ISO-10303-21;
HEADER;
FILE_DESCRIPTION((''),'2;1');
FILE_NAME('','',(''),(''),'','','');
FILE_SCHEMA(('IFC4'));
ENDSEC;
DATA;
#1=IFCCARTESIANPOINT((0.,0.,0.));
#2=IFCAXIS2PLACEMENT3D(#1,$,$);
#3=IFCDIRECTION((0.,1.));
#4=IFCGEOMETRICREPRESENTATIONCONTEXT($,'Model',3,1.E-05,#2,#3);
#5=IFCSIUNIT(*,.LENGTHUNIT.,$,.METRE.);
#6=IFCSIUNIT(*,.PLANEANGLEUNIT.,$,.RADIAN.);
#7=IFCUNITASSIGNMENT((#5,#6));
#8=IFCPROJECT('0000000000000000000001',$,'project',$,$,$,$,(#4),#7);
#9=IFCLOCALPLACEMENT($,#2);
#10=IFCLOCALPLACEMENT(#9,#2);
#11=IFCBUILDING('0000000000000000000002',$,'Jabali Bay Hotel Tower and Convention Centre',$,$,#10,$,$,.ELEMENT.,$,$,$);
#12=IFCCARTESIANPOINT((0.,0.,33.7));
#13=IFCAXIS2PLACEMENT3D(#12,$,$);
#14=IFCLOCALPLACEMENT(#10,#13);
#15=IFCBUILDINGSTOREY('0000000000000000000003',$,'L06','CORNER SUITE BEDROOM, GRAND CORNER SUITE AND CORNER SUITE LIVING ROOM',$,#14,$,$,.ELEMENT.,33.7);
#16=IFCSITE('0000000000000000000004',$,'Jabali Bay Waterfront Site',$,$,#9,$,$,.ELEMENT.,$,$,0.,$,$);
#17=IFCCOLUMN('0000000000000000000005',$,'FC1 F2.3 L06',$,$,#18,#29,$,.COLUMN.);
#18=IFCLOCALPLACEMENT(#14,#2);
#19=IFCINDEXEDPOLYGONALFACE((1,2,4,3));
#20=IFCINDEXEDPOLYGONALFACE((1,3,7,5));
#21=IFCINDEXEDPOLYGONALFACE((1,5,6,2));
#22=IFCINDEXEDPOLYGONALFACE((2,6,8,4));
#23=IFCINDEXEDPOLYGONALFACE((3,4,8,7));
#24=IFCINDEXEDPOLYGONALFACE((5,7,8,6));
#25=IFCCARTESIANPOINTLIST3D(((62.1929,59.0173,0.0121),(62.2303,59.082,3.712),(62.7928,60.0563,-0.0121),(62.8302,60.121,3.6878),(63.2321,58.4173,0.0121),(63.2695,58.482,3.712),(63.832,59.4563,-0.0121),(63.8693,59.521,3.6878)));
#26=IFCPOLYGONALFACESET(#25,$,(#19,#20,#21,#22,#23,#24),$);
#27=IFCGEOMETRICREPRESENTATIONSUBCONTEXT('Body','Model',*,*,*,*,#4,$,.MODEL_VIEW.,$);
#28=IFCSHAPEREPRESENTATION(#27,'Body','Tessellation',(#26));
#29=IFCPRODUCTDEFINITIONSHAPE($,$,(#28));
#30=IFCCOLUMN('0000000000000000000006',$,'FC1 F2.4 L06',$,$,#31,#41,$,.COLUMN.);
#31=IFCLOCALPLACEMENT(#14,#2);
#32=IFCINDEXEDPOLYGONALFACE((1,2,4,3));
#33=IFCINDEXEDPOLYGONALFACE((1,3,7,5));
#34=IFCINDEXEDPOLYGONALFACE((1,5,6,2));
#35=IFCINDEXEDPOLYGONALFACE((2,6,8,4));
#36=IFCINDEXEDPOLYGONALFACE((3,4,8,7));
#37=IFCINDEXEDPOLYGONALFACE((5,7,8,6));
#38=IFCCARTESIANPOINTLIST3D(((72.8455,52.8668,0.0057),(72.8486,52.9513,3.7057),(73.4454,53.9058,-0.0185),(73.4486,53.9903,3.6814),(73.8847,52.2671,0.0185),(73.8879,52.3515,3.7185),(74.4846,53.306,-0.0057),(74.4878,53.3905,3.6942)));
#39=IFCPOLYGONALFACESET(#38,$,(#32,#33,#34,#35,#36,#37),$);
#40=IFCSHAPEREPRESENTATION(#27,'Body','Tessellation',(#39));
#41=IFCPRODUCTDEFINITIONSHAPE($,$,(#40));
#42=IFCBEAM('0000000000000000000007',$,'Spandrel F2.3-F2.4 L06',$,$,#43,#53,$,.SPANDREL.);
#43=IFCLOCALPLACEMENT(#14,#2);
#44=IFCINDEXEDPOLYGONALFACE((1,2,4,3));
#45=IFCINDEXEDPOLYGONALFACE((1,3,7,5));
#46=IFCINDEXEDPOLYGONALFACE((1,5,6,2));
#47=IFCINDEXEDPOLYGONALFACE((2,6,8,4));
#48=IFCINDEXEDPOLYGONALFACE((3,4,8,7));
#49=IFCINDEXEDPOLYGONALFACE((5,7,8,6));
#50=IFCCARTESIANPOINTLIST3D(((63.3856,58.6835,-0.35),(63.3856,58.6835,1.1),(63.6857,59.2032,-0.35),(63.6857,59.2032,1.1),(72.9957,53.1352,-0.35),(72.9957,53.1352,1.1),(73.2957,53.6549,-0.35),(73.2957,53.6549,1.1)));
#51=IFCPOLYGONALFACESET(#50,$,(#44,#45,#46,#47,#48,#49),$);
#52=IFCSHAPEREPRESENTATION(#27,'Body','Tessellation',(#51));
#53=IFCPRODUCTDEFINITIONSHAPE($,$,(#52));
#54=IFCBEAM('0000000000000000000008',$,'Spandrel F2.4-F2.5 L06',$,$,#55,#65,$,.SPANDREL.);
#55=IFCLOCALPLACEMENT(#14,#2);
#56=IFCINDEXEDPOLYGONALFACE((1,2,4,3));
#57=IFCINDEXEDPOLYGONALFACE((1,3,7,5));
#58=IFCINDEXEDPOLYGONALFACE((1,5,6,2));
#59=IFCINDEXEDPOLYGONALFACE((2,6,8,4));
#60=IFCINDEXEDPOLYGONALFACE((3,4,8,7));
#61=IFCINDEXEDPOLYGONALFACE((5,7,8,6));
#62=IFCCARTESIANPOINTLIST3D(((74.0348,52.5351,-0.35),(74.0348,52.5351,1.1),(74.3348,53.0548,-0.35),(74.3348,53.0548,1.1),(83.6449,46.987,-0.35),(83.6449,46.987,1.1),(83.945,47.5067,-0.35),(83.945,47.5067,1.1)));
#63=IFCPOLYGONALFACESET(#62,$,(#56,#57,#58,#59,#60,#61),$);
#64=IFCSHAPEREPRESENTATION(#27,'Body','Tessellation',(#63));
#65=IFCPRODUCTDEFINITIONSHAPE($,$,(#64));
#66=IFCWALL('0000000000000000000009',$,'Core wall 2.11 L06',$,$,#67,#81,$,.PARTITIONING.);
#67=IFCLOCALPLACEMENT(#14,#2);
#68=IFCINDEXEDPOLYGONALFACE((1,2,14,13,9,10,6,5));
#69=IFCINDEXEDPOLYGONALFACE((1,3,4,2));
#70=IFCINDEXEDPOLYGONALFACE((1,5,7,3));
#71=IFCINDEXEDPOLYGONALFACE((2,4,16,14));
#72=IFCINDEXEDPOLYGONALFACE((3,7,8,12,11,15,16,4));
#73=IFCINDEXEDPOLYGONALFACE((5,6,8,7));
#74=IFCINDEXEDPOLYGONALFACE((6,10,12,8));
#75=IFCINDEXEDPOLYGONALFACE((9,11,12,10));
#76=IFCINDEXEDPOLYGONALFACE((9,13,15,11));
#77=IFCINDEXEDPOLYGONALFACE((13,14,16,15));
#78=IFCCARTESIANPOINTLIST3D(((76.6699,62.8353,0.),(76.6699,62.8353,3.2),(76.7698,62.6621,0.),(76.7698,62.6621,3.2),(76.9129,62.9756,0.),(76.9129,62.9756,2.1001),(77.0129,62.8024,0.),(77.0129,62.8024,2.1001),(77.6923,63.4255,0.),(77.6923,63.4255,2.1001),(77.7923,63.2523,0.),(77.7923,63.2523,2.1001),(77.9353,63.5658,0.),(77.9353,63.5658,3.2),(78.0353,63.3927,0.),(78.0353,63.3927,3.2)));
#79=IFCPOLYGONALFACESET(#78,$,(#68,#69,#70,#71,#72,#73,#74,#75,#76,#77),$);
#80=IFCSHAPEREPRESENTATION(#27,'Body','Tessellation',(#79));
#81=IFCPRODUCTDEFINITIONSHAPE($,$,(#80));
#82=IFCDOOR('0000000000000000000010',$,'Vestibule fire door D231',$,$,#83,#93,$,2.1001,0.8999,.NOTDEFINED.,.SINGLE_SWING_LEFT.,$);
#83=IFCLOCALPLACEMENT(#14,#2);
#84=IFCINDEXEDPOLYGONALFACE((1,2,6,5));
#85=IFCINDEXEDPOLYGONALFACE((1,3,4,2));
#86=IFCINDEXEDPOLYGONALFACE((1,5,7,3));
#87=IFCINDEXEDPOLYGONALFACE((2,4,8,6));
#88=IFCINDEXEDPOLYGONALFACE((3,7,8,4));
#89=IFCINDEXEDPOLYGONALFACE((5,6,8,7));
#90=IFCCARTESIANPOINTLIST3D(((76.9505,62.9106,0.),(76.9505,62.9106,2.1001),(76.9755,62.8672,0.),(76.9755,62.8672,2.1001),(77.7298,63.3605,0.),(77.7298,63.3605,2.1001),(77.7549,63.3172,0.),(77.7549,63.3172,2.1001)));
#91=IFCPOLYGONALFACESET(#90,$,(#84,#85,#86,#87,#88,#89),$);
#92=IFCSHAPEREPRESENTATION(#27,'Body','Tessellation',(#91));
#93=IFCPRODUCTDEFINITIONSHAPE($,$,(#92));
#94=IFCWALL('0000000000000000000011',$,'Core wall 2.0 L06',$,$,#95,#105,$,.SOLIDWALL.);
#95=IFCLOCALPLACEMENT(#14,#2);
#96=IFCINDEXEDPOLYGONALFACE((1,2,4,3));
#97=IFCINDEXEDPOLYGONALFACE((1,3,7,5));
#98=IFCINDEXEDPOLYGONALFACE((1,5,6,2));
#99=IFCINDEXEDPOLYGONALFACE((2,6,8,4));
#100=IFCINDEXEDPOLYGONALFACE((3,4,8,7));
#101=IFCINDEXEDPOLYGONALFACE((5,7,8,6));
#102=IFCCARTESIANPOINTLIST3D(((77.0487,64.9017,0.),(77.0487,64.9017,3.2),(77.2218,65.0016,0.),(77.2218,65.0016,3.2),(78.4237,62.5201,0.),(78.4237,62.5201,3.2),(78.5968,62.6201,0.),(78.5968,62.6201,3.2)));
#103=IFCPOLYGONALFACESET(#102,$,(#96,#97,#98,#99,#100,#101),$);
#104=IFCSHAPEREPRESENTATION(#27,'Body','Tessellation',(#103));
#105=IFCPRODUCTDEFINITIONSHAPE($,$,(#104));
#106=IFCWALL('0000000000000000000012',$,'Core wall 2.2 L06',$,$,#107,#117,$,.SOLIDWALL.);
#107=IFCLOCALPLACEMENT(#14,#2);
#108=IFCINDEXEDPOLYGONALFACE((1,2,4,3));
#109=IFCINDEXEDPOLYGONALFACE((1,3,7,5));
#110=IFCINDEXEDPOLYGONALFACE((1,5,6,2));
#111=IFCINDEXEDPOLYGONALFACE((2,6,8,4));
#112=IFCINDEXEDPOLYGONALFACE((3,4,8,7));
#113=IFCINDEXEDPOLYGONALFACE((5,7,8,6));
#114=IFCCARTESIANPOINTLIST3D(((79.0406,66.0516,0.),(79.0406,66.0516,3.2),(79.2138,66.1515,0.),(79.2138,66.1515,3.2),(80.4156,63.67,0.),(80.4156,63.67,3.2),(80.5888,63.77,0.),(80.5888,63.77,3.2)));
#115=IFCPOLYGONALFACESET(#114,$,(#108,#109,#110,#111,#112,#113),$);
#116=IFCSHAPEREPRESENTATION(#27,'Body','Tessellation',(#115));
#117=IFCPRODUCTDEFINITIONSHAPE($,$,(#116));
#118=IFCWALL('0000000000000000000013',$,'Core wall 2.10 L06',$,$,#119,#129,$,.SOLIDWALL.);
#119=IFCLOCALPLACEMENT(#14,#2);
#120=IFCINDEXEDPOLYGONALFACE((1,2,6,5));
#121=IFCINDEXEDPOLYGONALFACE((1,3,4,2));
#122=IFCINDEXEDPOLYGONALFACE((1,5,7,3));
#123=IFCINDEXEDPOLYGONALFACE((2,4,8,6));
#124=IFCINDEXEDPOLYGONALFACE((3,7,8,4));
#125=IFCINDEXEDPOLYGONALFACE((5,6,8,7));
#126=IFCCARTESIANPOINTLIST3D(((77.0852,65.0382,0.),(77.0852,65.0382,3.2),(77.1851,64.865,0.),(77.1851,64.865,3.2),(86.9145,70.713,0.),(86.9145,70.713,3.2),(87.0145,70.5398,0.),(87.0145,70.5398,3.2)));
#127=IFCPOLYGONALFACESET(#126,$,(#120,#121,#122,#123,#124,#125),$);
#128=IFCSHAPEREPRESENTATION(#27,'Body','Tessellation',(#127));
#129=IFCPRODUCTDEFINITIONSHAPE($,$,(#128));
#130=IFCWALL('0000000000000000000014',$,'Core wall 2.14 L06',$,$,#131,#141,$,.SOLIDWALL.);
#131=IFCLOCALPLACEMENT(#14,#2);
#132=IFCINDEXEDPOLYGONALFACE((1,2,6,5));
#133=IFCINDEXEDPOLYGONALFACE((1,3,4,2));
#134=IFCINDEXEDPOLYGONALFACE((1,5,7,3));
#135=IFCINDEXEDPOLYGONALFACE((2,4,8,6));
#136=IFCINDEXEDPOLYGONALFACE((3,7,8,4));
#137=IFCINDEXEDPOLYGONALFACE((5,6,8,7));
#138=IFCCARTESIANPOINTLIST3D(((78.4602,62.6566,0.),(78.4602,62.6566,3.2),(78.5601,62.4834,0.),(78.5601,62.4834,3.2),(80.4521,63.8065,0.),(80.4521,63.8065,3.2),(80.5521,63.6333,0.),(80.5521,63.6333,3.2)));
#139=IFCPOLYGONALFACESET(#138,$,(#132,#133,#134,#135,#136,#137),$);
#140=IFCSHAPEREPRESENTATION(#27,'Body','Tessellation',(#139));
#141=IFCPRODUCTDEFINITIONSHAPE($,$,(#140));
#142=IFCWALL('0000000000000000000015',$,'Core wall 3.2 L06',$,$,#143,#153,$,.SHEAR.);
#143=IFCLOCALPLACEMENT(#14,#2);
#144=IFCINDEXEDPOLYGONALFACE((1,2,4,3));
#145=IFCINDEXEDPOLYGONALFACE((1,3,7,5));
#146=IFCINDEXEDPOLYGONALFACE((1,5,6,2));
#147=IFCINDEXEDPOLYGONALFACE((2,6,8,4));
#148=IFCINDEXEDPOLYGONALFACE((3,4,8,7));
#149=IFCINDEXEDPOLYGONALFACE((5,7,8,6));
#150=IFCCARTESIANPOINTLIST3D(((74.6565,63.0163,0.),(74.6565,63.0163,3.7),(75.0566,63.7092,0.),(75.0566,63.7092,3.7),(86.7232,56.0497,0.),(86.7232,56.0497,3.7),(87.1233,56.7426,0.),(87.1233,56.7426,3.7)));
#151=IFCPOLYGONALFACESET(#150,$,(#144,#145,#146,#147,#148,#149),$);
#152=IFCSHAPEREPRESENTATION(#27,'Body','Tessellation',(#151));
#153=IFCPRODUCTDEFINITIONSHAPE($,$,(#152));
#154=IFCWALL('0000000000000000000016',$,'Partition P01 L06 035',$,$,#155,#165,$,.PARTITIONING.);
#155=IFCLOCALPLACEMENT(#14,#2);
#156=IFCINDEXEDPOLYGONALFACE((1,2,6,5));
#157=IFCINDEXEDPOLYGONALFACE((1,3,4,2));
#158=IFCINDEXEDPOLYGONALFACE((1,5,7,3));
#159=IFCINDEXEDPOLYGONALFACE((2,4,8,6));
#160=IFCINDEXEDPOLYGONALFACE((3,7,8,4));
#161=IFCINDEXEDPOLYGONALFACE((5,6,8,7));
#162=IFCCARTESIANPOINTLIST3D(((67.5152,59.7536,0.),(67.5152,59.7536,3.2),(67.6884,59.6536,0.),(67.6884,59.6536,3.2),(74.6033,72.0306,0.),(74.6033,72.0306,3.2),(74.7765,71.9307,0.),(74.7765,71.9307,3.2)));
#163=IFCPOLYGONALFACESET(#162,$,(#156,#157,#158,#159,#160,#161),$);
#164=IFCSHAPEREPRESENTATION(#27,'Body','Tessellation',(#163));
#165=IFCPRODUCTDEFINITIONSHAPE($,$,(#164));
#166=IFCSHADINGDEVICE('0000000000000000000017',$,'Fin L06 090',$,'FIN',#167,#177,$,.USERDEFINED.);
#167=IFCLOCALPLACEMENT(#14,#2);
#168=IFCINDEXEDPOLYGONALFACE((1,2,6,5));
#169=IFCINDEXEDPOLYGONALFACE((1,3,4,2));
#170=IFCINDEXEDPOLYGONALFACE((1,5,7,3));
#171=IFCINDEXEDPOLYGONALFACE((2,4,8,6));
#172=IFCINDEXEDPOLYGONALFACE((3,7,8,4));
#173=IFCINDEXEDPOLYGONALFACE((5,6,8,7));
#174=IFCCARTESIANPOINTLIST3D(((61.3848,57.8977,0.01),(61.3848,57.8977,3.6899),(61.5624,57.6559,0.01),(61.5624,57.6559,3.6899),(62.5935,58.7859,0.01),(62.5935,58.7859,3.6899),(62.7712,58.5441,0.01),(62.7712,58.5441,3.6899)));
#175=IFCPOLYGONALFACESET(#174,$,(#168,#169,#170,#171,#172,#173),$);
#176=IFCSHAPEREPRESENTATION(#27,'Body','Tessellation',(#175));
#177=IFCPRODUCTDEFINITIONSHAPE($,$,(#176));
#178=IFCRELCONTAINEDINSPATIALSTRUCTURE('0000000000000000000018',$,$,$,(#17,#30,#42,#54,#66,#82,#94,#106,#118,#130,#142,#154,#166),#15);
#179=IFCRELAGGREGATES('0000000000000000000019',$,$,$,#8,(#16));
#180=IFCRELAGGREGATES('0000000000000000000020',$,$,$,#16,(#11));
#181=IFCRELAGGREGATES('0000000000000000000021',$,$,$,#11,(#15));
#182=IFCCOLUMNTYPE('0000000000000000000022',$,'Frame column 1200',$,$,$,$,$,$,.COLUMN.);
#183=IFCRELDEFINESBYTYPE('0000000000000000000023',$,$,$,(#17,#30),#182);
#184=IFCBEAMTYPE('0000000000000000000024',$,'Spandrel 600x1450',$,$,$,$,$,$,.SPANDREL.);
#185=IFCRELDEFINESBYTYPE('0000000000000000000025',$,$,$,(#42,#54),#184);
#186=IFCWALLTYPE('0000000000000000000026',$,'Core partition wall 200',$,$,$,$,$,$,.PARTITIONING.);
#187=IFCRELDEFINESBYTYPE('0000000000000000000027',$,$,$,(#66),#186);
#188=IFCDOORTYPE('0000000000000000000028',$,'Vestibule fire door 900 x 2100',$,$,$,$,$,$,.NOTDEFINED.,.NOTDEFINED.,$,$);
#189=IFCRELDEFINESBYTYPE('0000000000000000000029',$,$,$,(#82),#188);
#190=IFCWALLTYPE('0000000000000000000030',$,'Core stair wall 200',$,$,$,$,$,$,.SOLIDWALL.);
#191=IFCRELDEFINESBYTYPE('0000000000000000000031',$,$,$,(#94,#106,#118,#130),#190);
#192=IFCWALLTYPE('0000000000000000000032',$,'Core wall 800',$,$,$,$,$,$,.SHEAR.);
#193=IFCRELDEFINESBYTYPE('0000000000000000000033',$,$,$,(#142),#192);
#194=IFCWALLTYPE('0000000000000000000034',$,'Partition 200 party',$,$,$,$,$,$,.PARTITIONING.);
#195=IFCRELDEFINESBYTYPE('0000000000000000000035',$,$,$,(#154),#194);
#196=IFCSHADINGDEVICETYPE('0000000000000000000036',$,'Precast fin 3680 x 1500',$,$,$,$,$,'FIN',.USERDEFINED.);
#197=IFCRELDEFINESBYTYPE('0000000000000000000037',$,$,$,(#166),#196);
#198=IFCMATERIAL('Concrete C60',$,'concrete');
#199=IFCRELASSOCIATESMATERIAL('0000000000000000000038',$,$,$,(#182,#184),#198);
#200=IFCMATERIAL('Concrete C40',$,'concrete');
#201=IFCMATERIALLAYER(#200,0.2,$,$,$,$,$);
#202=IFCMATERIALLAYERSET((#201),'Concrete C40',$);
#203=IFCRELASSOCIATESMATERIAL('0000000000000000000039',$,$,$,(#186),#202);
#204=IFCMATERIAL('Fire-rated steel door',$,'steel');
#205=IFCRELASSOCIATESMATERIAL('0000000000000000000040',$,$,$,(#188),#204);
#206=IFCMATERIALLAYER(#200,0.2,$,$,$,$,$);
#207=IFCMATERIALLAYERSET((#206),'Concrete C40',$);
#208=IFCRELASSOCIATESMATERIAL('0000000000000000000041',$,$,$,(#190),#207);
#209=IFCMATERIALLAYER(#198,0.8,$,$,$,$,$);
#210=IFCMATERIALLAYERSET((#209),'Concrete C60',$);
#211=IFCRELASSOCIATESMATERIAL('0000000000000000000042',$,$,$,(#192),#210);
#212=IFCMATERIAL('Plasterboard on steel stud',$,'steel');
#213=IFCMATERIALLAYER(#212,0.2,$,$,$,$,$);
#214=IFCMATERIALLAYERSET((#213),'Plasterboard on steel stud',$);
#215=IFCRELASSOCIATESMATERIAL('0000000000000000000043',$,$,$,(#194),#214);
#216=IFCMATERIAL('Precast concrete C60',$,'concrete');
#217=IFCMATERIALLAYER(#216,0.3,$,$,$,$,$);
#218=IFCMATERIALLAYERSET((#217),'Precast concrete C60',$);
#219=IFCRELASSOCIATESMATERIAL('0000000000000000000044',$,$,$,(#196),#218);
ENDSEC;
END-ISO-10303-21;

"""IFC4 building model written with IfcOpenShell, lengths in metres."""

from ifc_helpers import new_model, si_unit, direction, frame, frame_2d, origin, origin_2d, place, context, subcontext, project, spatial, rectangle, extrude, material, layer, layer_set, material_profile, profile_set, type_object, element, fill, save


model = new_model("IFC4")

# Units and contexts
model_context = context("Model", 3, precision=1e-05, world=origin(), true_north=direction((0.0, 1.0)))
body_context = subcontext(model_context, "Body", "Model", "MODEL_VIEW")
ifc_project = project(units=[si_unit("LENGTHUNIT", "METRE"), si_unit("PLANEANGLEUNIT", "RADIAN")], contexts=[model_context])

# Site, building, storey
site_placement = place(None, origin())
site = spatial("IfcSite", under=ifc_project, at=site_placement, Name="Jabali Bay Waterfront Site", CompositionType="ELEMENT", RefElevation=0.0)
building_placement = place(site_placement, origin())
building = spatial("IfcBuilding", under=site, at=building_placement, Name="Jabali Bay Hotel Tower and Convention Centre", CompositionType="ELEMENT")
storey_placement = place(building_placement, frame((0.0, 0.0, 33.7)))
storey = spatial("IfcBuildingStorey", under=building, at=storey_placement, Name="L06", Description="CORNER SUITE BEDROOM, GRAND CORNER SUITE AND CORNER SUITE LIVING ROOM", CompositionType="ELEMENT", Elevation=33.7)

# Columns
ifc_material_1 = material(Name="Concrete C60", Category="concrete")
ifc_material_profile_1 = material_profile(ifc_material_1, rectangle(XDim=1.2, YDim=1.2, at=origin_2d()), Name="Frame column 1200")
ifc_profile_set_1 = profile_set([ifc_material_profile_1], Name="Concrete C60")
column_type = type_object("IfcColumnType", Name="Frame column 1200", PredefinedType="COLUMN", material=ifc_profile_set_1)
column_1_placement = place(storey_placement, frame((63.0125, 59.2368, 0.0), z_axis=(0.010094, 0.017482, 0.999796), x_axis=(-0.499913, -0.86584, 0.020187)))
element("IfcColumn", 1, at=column_1_placement, inside=storey, type_object=column_type, Name="FC1 F2.3 L06", PredefinedType="COLUMN", context=body_context, shape_type="SweptSolid", body=[
    extrude(rectangle(XDim=1.2, YDim=1.2, at=origin_2d()), origin(), (0.0, 0.0, 1.0), 3.7007),
])
column_2_placement = place(storey_placement, frame((73.665, 53.0864, 0.0), z_axis=(0.000858, 0.022825, 0.999739), x_axis=(-0.499949, -0.865819, 0.020196)))
element("IfcColumn", 2, at=column_2_placement, inside=storey, type_object=column_type, Name="FC1 F2.4 L06", PredefinedType="COLUMN", context=body_context, shape_type="SweptSolid", body=[
    extrude(rectangle(XDim=1.2, YDim=1.2, at=origin_2d()), origin(), (0.0, 0.0, 1.0), 3.7009),
])

# Beams
ifc_material_profile_2 = material_profile(ifc_material_1, rectangle(XDim=0.6001, YDim=1.45, at=origin_2d()), Name="Spandrel 600x1450")
ifc_profile_set_2 = profile_set([ifc_material_profile_2], Name="Concrete C60")
beam_type = type_object("IfcBeamType", Name="Spandrel 600x1450", PredefinedType="SPANDREL", material=ifc_profile_set_2)
for number, where, z_axis, x_axis, name in (
    (3, (63.5356, 58.9434, 0.375), (0.866028, -0.499996, 0.0), (0.499996, 0.866028, 0.0), "Spandrel F2.3-F2.4 L06"),
    (4, (74.1848, 52.7949, 0.375), (0.866037, -0.49998, 0.0), (0.49998, 0.866037, 0.0), "Spandrel F2.4-F2.5 L06"),
):
    element("IfcBeam", number, at=place(storey_placement, frame(where, z_axis=z_axis, x_axis=x_axis)), inside=storey, type_object=beam_type, Name=name, PredefinedType="SPANDREL", context=body_context, shape_type="SweptSolid", body=[
        extrude(rectangle(XDim=0.6001, YDim=1.45, at=origin_2d()), origin(), (0.0, 0.0, 1.0), 11.0967),
    ])

# Wall, opening, door
ifc_material_2 = material(Name="Concrete C40", Category="concrete")
ifc_layer_1 = layer(ifc_material_2, 0.2)
ifc_layer_set_1 = layer_set([ifc_layer_1], Name="Concrete C40")
wall_type_1 = type_object("IfcWallType", Name="Core partition wall 200", PredefinedType="PARTITIONING", material=ifc_layer_set_1)
wall_1_placement = place(storey_placement, frame((76.72, 62.7488, 0.0), z_axis=(0.0, 0.0, 1.0), x_axis=(0.866055, 0.499949, 0.0)))
wall_1 = element("IfcWall", 5, at=wall_1_placement, inside=storey, type_object=wall_type_1, Name="Core wall 2.11 L06", PredefinedType="PARTITIONING", context=body_context, shape_type="SweptSolid", body=[
    extrude(rectangle(XDim=1.4612, YDim=0.2, at=frame_2d((0.7305, 0.0))), origin(), (0.0, 0.0, 1.0), 3.2),
])
opening_placement = place(wall_1_placement, frame((0.2805, 0.0, 0.0)))
opening = element("IfcOpeningElement", 6, at=opening_placement, cuts=wall_1, PredefinedType="OPENING", context=body_context, shape_type="SweptSolid", body=[
    extrude(rectangle(XDim=0.8999, YDim=2.1001, at=frame_2d((0.45, 1.05))), frame((0.0, 0.1104, 0.0), z_axis=(0.0, -1.0, 0.0), x_axis=(1.0, 0.0, 0.0)), (0.0, 0.0, 1.0), 0.2209),
])
ifc_material_3 = material(Name="Fire-rated steel door", Category="steel")
door_type = type_object("IfcDoorType", Name="Vestibule fire door 900 x 2100", OperationType="NOTDEFINED", PredefinedType="NOTDEFINED", material=ifc_material_3)
door_placement = place(opening_placement, origin())
door = element("IfcDoor", 7, at=door_placement, inside=storey, type_object=door_type, Name="Vestibule fire door D231", OperationType="SINGLE_SWING_LEFT", OverallHeight=2.1001, OverallWidth=0.8999, PredefinedType="NOTDEFINED", context=body_context, shape_type="SweptSolid", body=[
    extrude(rectangle(XDim=0.8999, YDim=2.1001, at=frame_2d((0.45, 1.05))), frame((0.0, 0.0249, 0.0), z_axis=(0.0, -1.0, 0.0), x_axis=(1.0, 0.0, 0.0)), (0.0, 0.0, 1.0), 0.05),
])
fill(opening, door)

# Walls
ifc_layer_2 = layer(ifc_material_2, 0.2)
ifc_layer_set_2 = layer_set([ifc_layer_2], Name="Concrete C40")
wall_type_2 = type_object("IfcWallType", Name="Core stair wall 200", PredefinedType="SOLIDWALL", material=ifc_layer_set_2)
for number, where, z_axis, x_axis, name in (
    (8, (77.1353, 64.9517, 0.0), (0.0, 0.0, 1.0), (0.499997, -0.866027, 0.0), "Core wall 2.0 L06"),
    (9, (79.1272, 66.1016, 0.0), (0.0, 0.0, 1.0), (0.499997, -0.866027, 0.0), "Core wall 2.2 L06"),
):
    element("IfcWall", number, at=place(storey_placement, frame(where, z_axis=z_axis, x_axis=x_axis)), inside=storey, type_object=wall_type_2, Name=name, PredefinedType="SOLIDWALL", context=body_context, shape_type="SweptSolid", body=[
        extrude(rectangle(XDim=2.75, YDim=0.2, at=frame_2d((1.375, 0.0))), origin(), (0.0, 0.0, 1.0), 3.2),
    ])
wall_2_placement = place(storey_placement, frame((77.1353, 64.9517, 0.0), z_axis=(0.0, 0.0, 1.0), x_axis=(0.866032, 0.499989, 0.0)))
element("IfcWall", 10, at=wall_2_placement, inside=storey, type_object=wall_type_2, Name="Core wall 2.10 L06", PredefinedType="SOLIDWALL", context=body_context, shape_type="SweptSolid", body=[
    extrude(rectangle(XDim=11.3499, YDim=0.2, at=frame_2d((5.6748, 0.0))), origin(), (0.0, 0.0, 1.0), 3.2),
])
wall_3_placement = place(storey_placement, frame((78.5103, 62.5701, 0.0), z_axis=(0.0, 0.0, 1.0), x_axis=(0.866053, 0.499952, 0.0)))
element("IfcWall", 11, at=wall_3_placement, inside=storey, type_object=wall_type_2, Name="Core wall 2.14 L06", PredefinedType="SOLIDWALL", context=body_context, shape_type="SweptSolid", body=[
    extrude(rectangle(XDim=2.3, YDim=0.2, at=frame_2d((1.1499, 0.0))), origin(), (0.0, 0.0, 1.0), 3.2),
])
ifc_layer_3 = layer(ifc_material_1, 0.8)
ifc_layer_set_3 = layer_set([ifc_layer_3], Name="Concrete C60")
wall_type_3 = type_object("IfcWallType", Name="Core wall 800", PredefinedType="SHEAR", material=ifc_layer_set_3)
wall_4_placement = place(storey_placement, frame((74.8564, 63.3628, 0.0), z_axis=(0.0, 0.0, 1.0), x_axis=(0.866029, -0.499993, 0.0)))
element("IfcWall", 12, at=wall_4_placement, inside=storey, type_object=wall_type_3, Name="Core wall 3.2 L06", PredefinedType="SHEAR", context=body_context, shape_type="SweptSolid", body=[
    extrude(rectangle(XDim=13.9333, YDim=0.8, at=frame_2d((6.9668, 0.0))), origin(), (0.0, 0.0, 1.0), 3.7),
])
ifc_material_4 = material(Name="Plasterboard on steel stud", Category="steel")
ifc_layer_4 = layer(ifc_material_4, 0.2)
ifc_layer_set_4 = layer_set([ifc_layer_4], Name="Plasterboard on steel stud")
wall_type_4 = type_object("IfcWallType", Name="Partition 200 party", PredefinedType="PARTITIONING", material=ifc_layer_set_4)
wall_5_placement = place(storey_placement, frame((67.6018, 59.7036, 0.0), z_axis=(0.0, 0.0, 1.0), x_axis=(0.499997, 0.866027, 0.0)))
element("IfcWall", 13, at=wall_5_placement, inside=storey, type_object=wall_type_4, Name="Partition P01 L06 035", PredefinedType="PARTITIONING", context=body_context, shape_type="SweptSolid", body=[
    extrude(rectangle(XDim=14.1763, YDim=0.2, at=frame_2d((7.0881, 0.0))), origin(), (0.0, 0.0, 1.0), 3.2),
])

# Shading device
ifc_material_5 = material(Name="Precast concrete C60", Category="concrete")
ifc_layer_5 = layer(ifc_material_5, 0.3)
ifc_layer_set_5 = layer_set([ifc_layer_5], Name="Precast concrete C60")
shading_device_type = type_object("IfcShadingDeviceType", Name="Precast fin 3680 x 1500", ElementType="FIN", PredefinedType="USERDEFINED", material=ifc_layer_set_5)
for number, where, z_axis, x_axis, name in (
    (14, (62.6824, 58.665, 0.01), (0.0, 0.0, 1.0), (-0.805841, -0.592133, 0.0), "Fin L06 090"),
):
    element("IfcShadingDevice", number, at=place(storey_placement, frame(where, z_axis=z_axis, x_axis=x_axis)), inside=storey, type_object=shading_device_type, Name=name, ObjectType="FIN", PredefinedType="USERDEFINED", context=body_context, shape_type="SweptSolid", body=[
        extrude(rectangle(XDim=1.5, YDim=0.3, at=frame_2d((0.75, 0.0))), origin(), (0.0, 0.0, 1.0), 3.6799),
    ])

save(model, "model.ifc")
